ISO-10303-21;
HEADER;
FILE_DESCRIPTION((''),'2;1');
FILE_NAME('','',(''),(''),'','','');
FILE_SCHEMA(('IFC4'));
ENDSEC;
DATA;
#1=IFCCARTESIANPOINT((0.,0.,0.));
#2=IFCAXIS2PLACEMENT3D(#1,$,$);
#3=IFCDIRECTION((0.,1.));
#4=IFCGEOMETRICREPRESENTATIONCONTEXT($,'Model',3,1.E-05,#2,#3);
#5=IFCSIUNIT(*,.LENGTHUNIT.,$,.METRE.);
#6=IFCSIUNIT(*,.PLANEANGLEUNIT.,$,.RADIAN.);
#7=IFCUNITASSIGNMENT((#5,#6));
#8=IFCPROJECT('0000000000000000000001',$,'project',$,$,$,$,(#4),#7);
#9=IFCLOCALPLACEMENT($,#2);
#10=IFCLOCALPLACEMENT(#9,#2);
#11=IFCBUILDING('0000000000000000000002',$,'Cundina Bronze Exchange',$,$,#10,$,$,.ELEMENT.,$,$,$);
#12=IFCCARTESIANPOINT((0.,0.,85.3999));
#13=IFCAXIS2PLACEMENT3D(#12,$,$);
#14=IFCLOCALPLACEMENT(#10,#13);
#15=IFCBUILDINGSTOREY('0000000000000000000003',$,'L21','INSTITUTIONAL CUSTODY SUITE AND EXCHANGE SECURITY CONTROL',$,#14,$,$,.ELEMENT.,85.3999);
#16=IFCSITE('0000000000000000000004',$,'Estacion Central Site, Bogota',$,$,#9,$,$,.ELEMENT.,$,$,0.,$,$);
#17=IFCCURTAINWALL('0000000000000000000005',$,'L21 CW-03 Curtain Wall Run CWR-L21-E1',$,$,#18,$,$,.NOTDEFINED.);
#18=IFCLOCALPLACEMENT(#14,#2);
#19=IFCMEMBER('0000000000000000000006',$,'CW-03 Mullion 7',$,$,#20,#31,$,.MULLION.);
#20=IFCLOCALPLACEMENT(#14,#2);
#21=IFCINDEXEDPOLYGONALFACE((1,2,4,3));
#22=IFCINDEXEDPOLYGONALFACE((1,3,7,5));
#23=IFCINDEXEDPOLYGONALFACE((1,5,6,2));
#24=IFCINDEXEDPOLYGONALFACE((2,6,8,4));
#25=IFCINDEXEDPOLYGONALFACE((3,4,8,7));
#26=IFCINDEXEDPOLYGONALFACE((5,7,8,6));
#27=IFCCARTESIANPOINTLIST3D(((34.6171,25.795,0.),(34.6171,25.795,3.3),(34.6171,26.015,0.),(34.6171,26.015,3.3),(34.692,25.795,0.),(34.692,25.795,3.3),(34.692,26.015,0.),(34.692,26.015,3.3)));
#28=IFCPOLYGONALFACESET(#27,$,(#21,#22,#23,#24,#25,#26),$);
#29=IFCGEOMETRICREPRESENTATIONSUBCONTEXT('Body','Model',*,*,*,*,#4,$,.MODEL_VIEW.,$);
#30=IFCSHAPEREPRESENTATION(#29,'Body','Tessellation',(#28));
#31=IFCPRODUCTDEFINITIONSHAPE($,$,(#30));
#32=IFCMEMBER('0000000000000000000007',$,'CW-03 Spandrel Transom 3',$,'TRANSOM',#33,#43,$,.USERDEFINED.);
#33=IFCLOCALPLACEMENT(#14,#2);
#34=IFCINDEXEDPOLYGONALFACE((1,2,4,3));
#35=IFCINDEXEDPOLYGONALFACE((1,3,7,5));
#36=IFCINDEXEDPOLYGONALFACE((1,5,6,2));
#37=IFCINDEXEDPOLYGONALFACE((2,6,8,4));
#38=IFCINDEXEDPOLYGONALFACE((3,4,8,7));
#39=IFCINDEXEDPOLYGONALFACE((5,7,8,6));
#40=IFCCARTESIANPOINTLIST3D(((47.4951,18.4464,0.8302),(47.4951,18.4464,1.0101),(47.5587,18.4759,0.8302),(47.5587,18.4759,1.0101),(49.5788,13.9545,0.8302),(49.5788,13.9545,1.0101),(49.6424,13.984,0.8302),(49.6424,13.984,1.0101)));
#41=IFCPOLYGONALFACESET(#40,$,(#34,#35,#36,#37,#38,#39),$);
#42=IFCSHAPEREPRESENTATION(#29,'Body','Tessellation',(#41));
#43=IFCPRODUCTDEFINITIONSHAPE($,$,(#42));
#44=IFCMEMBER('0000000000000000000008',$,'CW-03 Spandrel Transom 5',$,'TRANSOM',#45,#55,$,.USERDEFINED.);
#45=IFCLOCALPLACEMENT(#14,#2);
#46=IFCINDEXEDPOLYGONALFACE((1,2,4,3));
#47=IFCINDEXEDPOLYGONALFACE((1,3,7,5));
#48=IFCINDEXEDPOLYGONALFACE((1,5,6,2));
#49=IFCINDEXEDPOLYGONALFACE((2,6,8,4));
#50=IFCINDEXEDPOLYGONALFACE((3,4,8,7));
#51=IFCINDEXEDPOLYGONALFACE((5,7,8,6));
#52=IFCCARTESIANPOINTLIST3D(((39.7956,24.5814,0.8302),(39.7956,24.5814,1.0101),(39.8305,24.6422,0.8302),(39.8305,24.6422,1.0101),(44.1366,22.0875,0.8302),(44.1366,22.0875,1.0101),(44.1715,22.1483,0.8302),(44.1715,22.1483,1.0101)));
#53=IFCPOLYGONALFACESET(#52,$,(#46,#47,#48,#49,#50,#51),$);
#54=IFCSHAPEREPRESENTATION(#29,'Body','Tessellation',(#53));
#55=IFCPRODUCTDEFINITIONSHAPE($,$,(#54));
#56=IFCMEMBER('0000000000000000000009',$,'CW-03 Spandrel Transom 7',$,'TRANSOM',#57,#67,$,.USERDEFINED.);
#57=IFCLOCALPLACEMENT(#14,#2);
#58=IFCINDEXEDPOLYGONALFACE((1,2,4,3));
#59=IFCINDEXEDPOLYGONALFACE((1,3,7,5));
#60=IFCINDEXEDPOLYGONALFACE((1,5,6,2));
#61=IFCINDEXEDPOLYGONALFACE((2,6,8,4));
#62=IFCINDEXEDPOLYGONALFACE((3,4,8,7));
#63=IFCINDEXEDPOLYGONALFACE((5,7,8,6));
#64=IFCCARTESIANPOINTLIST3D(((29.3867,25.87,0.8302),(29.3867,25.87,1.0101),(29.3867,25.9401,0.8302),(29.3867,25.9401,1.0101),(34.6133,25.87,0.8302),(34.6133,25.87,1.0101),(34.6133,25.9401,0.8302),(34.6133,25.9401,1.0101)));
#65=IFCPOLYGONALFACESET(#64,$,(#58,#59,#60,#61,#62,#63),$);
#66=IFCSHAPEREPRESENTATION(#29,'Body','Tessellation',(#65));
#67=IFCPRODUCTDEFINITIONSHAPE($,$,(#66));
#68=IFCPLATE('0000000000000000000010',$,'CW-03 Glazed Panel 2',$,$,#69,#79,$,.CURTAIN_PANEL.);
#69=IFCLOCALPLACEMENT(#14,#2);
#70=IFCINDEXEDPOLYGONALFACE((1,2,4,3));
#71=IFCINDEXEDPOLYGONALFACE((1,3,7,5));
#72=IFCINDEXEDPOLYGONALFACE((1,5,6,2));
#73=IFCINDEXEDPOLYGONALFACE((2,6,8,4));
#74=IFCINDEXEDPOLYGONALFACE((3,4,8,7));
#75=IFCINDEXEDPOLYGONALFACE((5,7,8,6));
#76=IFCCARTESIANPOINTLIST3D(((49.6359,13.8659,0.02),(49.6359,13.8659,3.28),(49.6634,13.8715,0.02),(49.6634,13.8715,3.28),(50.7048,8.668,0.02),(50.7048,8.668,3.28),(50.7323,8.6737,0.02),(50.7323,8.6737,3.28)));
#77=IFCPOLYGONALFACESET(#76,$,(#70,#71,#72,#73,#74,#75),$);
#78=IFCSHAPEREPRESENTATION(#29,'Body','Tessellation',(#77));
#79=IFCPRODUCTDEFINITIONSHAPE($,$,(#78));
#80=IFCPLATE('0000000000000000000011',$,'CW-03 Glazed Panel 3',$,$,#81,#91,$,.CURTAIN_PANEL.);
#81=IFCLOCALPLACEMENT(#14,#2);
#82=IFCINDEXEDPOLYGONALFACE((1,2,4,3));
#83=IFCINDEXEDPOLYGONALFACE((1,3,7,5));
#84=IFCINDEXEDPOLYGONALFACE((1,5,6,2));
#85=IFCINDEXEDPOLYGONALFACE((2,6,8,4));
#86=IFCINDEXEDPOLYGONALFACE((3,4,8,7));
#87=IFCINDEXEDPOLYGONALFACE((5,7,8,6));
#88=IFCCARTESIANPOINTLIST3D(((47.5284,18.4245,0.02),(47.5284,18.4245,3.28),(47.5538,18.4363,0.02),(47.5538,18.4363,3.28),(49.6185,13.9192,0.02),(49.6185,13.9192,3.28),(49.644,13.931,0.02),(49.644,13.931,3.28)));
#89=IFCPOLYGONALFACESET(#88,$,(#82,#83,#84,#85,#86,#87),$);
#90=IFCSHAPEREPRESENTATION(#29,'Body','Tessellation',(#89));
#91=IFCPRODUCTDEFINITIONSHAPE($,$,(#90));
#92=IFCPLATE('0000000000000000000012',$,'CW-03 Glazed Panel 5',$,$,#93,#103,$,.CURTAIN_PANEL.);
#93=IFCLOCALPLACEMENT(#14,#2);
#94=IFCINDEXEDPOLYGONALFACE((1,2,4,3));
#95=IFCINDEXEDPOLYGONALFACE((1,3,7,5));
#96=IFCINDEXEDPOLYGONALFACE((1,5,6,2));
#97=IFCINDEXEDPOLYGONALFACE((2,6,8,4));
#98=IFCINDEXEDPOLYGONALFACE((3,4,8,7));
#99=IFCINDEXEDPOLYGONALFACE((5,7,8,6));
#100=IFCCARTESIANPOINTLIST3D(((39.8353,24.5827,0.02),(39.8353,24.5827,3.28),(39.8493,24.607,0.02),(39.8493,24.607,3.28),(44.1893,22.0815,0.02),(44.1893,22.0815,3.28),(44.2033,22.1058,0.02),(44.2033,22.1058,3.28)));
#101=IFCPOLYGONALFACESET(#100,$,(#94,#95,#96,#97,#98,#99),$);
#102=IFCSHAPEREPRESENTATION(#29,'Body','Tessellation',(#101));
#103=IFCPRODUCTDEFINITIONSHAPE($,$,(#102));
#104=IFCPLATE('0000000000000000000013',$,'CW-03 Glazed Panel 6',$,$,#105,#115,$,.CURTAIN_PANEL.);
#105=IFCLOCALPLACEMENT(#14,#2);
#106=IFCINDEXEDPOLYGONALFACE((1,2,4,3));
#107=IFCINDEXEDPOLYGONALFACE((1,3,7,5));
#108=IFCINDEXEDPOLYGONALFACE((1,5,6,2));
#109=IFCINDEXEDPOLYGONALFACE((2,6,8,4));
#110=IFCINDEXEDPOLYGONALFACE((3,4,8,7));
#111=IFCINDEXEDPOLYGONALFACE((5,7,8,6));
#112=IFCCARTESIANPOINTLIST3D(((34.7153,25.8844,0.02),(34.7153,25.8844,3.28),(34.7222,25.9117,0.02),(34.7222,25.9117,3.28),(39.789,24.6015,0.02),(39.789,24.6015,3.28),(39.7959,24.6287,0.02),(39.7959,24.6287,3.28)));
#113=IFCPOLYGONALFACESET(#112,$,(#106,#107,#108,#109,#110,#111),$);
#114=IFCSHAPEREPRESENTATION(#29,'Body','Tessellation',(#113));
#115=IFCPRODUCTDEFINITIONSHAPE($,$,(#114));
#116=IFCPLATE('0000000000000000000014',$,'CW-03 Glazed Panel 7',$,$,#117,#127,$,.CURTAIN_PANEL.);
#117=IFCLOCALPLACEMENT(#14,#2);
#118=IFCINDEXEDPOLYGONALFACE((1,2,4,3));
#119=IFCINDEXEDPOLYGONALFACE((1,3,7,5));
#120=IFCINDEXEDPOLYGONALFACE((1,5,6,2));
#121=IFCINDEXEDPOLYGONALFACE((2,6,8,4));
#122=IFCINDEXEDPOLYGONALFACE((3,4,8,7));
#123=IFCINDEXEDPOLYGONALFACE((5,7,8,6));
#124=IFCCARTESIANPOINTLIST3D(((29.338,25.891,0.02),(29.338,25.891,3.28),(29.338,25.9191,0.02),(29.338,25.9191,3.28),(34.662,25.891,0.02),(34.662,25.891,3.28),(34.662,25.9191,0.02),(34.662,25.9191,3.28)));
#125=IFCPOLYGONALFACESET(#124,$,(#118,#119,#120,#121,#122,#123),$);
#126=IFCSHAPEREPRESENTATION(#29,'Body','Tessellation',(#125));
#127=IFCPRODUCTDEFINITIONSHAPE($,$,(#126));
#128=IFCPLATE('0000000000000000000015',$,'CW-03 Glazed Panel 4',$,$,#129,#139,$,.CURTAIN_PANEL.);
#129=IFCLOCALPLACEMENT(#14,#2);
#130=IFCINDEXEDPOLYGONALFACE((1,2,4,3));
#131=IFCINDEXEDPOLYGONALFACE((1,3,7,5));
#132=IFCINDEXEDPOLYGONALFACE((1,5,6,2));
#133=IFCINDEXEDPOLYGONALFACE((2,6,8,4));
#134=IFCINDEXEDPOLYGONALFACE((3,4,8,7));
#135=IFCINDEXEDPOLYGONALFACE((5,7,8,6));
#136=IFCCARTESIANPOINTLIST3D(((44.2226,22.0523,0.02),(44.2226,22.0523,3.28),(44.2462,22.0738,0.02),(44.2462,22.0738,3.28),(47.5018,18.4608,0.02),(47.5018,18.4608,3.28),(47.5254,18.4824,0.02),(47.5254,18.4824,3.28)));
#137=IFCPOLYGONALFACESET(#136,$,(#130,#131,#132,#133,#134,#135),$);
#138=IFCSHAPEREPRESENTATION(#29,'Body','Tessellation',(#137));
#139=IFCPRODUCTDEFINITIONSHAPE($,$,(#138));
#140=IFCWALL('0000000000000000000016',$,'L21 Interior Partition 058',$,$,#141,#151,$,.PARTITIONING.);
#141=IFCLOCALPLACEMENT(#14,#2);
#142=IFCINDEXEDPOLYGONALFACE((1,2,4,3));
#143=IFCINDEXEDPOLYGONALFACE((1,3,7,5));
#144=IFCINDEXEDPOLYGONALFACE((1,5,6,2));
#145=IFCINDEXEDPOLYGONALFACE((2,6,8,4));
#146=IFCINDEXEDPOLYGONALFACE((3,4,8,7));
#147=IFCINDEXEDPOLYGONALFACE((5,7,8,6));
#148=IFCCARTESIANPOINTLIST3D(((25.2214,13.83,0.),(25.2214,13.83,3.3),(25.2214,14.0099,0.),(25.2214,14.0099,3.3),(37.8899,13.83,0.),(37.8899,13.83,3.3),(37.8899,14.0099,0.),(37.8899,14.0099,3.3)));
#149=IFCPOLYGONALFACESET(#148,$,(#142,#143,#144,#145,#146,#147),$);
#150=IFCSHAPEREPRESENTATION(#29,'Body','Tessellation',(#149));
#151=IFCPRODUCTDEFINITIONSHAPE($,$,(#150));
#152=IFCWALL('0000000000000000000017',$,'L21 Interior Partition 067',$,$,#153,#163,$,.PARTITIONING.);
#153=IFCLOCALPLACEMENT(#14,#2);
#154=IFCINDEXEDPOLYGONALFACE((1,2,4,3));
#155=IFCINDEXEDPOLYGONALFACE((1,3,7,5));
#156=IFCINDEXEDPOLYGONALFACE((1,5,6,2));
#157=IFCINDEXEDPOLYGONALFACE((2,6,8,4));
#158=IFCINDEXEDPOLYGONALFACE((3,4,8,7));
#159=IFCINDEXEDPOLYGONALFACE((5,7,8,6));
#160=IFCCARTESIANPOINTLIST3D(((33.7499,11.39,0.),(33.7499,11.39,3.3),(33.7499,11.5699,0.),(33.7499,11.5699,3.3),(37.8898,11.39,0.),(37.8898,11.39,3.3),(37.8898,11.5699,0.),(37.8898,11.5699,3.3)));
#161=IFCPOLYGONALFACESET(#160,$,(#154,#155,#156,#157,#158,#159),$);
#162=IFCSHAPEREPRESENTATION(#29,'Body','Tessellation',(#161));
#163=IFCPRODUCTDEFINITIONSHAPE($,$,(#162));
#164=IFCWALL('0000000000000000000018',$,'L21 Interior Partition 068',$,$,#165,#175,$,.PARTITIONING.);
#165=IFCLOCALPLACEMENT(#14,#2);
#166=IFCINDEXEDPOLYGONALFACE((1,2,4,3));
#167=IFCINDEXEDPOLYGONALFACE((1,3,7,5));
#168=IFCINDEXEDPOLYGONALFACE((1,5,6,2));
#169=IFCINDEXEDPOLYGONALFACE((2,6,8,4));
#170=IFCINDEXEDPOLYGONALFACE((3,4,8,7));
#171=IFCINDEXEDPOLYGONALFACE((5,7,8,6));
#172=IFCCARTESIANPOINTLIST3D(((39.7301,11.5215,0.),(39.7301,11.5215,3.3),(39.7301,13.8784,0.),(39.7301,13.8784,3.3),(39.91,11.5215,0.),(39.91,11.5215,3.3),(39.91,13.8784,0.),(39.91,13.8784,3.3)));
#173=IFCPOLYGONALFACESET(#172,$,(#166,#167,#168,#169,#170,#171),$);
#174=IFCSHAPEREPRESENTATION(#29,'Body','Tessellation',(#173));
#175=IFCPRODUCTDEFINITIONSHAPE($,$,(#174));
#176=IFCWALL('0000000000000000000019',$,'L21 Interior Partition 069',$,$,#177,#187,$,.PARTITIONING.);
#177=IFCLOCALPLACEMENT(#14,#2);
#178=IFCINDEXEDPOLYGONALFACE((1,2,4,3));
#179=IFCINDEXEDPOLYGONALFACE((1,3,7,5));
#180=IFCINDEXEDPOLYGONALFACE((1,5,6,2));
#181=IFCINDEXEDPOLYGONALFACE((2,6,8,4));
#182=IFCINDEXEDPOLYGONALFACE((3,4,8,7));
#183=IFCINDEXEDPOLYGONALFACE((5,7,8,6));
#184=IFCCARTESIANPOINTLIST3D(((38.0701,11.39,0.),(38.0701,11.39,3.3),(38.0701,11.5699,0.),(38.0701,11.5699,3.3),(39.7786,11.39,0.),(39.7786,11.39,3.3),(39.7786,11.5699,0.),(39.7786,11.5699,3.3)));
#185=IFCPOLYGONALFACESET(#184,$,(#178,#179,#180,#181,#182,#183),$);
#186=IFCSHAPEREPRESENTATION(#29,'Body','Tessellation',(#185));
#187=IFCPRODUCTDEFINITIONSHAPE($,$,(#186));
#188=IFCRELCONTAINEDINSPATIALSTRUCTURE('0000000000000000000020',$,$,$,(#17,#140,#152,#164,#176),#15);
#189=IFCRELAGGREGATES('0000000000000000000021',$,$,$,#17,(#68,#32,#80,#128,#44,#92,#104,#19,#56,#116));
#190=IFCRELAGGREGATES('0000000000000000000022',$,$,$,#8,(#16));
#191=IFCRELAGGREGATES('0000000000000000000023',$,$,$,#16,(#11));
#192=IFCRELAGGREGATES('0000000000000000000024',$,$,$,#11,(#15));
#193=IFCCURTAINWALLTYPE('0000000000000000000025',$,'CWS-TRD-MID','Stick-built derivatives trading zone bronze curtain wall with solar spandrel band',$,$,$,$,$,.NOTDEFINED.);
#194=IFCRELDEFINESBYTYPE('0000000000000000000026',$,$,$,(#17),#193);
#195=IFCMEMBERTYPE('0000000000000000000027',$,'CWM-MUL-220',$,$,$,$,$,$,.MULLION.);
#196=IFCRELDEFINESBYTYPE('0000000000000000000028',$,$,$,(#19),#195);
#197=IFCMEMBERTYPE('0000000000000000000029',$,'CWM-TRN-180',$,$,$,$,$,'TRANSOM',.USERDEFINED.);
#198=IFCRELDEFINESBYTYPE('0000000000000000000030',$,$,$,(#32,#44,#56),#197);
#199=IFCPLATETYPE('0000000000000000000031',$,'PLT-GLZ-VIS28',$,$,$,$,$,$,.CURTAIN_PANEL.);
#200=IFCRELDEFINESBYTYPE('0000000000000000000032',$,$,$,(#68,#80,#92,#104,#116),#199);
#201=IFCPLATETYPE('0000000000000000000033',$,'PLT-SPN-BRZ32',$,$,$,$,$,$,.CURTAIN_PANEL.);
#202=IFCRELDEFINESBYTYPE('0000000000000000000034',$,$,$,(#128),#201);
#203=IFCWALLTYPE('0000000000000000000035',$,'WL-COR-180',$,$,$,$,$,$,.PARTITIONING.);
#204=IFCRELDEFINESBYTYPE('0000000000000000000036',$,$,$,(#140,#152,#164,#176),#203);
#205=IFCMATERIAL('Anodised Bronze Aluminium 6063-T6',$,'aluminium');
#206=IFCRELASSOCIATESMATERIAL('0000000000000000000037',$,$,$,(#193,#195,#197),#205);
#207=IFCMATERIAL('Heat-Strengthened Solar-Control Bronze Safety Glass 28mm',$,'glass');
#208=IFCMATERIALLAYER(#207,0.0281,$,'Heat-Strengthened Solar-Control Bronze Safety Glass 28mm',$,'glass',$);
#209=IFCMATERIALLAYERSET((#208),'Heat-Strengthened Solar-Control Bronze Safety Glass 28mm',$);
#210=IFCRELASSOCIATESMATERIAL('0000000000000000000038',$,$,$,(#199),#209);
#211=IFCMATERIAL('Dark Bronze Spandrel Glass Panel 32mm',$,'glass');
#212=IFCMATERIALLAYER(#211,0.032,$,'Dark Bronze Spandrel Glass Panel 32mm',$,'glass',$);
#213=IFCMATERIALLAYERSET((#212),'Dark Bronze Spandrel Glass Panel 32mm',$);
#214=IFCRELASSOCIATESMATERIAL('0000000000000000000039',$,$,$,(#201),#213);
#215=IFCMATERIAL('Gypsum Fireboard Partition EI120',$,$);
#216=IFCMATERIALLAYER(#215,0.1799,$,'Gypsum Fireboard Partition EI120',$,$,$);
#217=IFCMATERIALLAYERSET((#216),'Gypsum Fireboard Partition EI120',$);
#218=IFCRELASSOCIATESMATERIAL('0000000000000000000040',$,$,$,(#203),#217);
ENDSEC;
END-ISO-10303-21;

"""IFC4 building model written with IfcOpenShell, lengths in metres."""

from ifc_helpers import new_model, si_unit, direction, frame, frame_2d, origin, origin_2d, place, context, subcontext, project, spatial, rectangle, extrude, material, layer, layer_set, material_profile, profile_set, type_object, element, aggregate, save


model = new_model("IFC4")

# Units and contexts
model_context = context("Model", 3, precision=1e-05, world=origin(), true_north=direction((0.0, 1.0)))
body_context = subcontext(model_context, "Body", "Model", "MODEL_VIEW")
ifc_project = project(units=[si_unit("LENGTHUNIT", "METRE"), si_unit("PLANEANGLEUNIT", "RADIAN")], contexts=[model_context])

# Site, building, storey
site_placement = place(None, origin())
site = spatial("IfcSite", under=ifc_project, at=site_placement, Name="Estacion Central Site, Bogota", CompositionType="ELEMENT", RefElevation=0.0)
building_placement = place(site_placement, origin())
building = spatial("IfcBuilding", under=site, at=building_placement, Name="Cundina Bronze Exchange", CompositionType="ELEMENT")
storey_placement = place(building_placement, frame((0.0, 0.0, 85.3999)))
storey = spatial("IfcBuildingStorey", under=building, at=storey_placement, Name="L21", Description="INSTITUTIONAL CUSTODY SUITE AND EXCHANGE SECURITY CONTROL", CompositionType="ELEMENT", Elevation=85.3999)

# Curtain wall, members, plates
ifc_material_1 = material(Name="Anodised Bronze Aluminium 6063-T6", Category="aluminium")
curtain_wall_type = type_object("IfcCurtainWallType", Name="CWS-TRD-MID", Description="Stick-built derivatives trading zone bronze curtain wall with solar spandrel band", PredefinedType="NOTDEFINED", material=ifc_material_1)
curtain_wall_placement = place(storey_placement, origin())
curtain_wall = element("IfcCurtainWall", 1, at=curtain_wall_placement, inside=storey, type_object=curtain_wall_type, Name="L21 CW-03 Curtain Wall Run CWR-L21-E1", PredefinedType="NOTDEFINED")
ifc_material_profile_1 = material_profile(ifc_material_1, rectangle(XDim=0.075, YDim=0.22, at=origin_2d()), Name="AL75X220", Category="aluminium")
ifc_profile_set_1 = profile_set([ifc_material_profile_1], Name="Anodised Bronze Aluminium 6063-T6")
member_type_1 = type_object("IfcMemberType", Name="CWM-MUL-220", PredefinedType="MULLION", material=ifc_profile_set_1)
member_1_placement = place(storey_placement, frame((34.6545, 25.905, 0.0), z_axis=(0.0, 0.0, 1.0), x_axis=(-1.0, 0.0, 0.0)))
member_1 = element("IfcMember", 2, at=member_1_placement, type_object=member_type_1, Name="CW-03 Mullion 7", PredefinedType="MULLION", context=body_context, shape_type="SweptSolid", body=[
    extrude(rectangle(XDim=0.075, YDim=0.22, at=origin_2d()), origin(), (0.0, 0.0, 1.0), 3.3),
])
ifc_material_profile_2 = material_profile(ifc_material_1, rectangle(XDim=0.0701, YDim=0.1799, at=origin_2d()), Name="AL70X180", Category="aluminium")
ifc_profile_set_2 = profile_set([ifc_material_profile_2], Name="Anodised Bronze Aluminium 6063-T6")
member_type_2 = type_object("IfcMemberType", Name="CWM-TRN-180", ElementType="TRANSOM", PredefinedType="USERDEFINED", material=ifc_profile_set_2)
member_2_placement = place(storey_placement, frame((49.6106, 13.9692, 0.9202), z_axis=(-0.420811, 0.907148, 0.0), x_axis=(-0.907148, -0.420811, 0.0)))
member_2 = element("IfcMember", 3, at=member_2_placement, type_object=member_type_2, Name="CW-03 Spandrel Transom 3", ObjectType="TRANSOM", PredefinedType="USERDEFINED", context=body_context, shape_type="SweptSolid", body=[
    extrude(rectangle(XDim=0.0701, YDim=0.1799, at=origin_2d()), origin(), (0.0, 0.0, 1.0), 4.9517),
])
member_3_placement = place(storey_placement, frame((44.1541, 22.1179, 0.9202), z_axis=(-0.867097, 0.498139, 0.0), x_axis=(-0.498139, -0.867097, 0.0)))
member_3 = element("IfcMember", 4, at=member_3_placement, type_object=member_type_2, Name="CW-03 Spandrel Transom 5", ObjectType="TRANSOM", PredefinedType="USERDEFINED", context=body_context, shape_type="SweptSolid", body=[
    extrude(rectangle(XDim=0.0701, YDim=0.1799, at=origin_2d()), origin(), (0.0, 0.0, 1.0), 5.0063),
])
member_4_placement = place(storey_placement, frame((34.6133, 25.905, 0.9202), z_axis=(-1.0, 0.0, 0.0), x_axis=(0.0, -1.0, 0.0)))
member_4 = element("IfcMember", 5, at=member_4_placement, type_object=member_type_2, Name="CW-03 Spandrel Transom 7", ObjectType="TRANSOM", PredefinedType="USERDEFINED", context=body_context, shape_type="SweptSolid", body=[
    extrude(rectangle(XDim=0.0701, YDim=0.1799, at=origin_2d()), origin(), (0.0, 0.0, 1.0), 5.2266),
])
ifc_material_2 = material(Name="Heat-Strengthened Solar-Control Bronze Safety Glass 28mm", Category="glass")
ifc_layer_1 = layer(ifc_material_2, 0.0281, Name="Heat-Strengthened Solar-Control Bronze Safety Glass 28mm", Category="glass")
ifc_layer_set_1 = layer_set([ifc_layer_1], Name="Heat-Strengthened Solar-Control Bronze Safety Glass 28mm")
plate_type_1 = type_object("IfcPlateType", Name="PLT-GLZ-VIS28", PredefinedType="CURTAIN_PANEL", material=ifc_layer_set_1)
plate_1_placement = place(storey_placement, frame((50.1841, 11.2698, 0.02), z_axis=(0.0, 0.0, 1.0), x_axis=(-0.20142, 0.979505, 0.0)))
plate_1 = element("IfcPlate", 6, at=plate_1_placement, type_object=plate_type_1, Name="CW-03 Glazed Panel 2", PredefinedType="CURTAIN_PANEL", context=body_context, shape_type="SweptSolid", body=[
    extrude(rectangle(XDim=5.3066, YDim=0.0281, at=origin_2d()), origin(), (0.0, 0.0, 1.0), 3.26),
])
plate_2_placement = place(storey_placement, frame((48.5862, 16.1777, 0.02), z_axis=(0.0, 0.0, 1.0), x_axis=(-0.420846, 0.907132, 0.0)))
plate_2 = element("IfcPlate", 7, at=plate_2_placement, type_object=plate_type_1, Name="CW-03 Glazed Panel 3", PredefinedType="CURTAIN_PANEL", context=body_context, shape_type="SweptSolid", body=[
    extrude(rectangle(XDim=4.9666, YDim=0.0281, at=origin_2d()), origin(), (0.0, 0.0, 1.0), 3.26),
])
plate_3_placement = place(storey_placement, frame((42.0193, 23.3442, 0.02), z_axis=(0.0, 0.0, 1.0), x_axis=(-0.867105, 0.498125, 0.0)))
plate_3 = element("IfcPlate", 8, at=plate_3_placement, type_object=plate_type_1, Name="CW-03 Glazed Panel 5", PredefinedType="CURTAIN_PANEL", context=body_context, shape_type="SweptSolid", body=[
    extrude(rectangle(XDim=5.0212, YDim=0.0281, at=origin_2d()), origin(), (0.0, 0.0, 1.0), 3.26),
])
plate_4_placement = place(storey_placement, frame((37.2556, 25.2566, 0.02), z_axis=(0.0, 0.0, 1.0), x_axis=(-0.969488, 0.245138, 0.0)))
plate_4 = element("IfcPlate", 9, at=plate_4_placement, type_object=plate_type_1, Name="CW-03 Glazed Panel 6", PredefinedType="CURTAIN_PANEL", context=body_context, shape_type="SweptSolid", body=[
    extrude(rectangle(XDim=5.2334, YDim=0.0281, at=origin_2d()), origin(), (0.0, 0.0, 1.0), 3.26),
])
plate_5_placement = place(storey_placement, frame((32.0, 25.905, 0.02), z_axis=(0.0, 0.0, 1.0), x_axis=(-1.0, 0.0, 0.0)))
plate_5 = element("IfcPlate", 10, at=plate_5_placement, type_object=plate_type_1, Name="CW-03 Glazed Panel 7", PredefinedType="CURTAIN_PANEL", context=body_context, shape_type="SweptSolid", body=[
    extrude(rectangle(XDim=5.324, YDim=0.0281, at=origin_2d()), origin(), (0.0, 0.0, 1.0), 3.26),
])
ifc_material_3 = material(Name="Dark Bronze Spandrel Glass Panel 32mm", Category="glass")
ifc_layer_2 = layer(ifc_material_3, 0.032, Name="Dark Bronze Spandrel Glass Panel 32mm", Category="glass")
ifc_layer_set_2 = layer_set([ifc_layer_2], Name="Dark Bronze Spandrel Glass Panel 32mm")
plate_type_2 = type_object("IfcPlateType", Name="PLT-SPN-BRZ32", PredefinedType="CURTAIN_PANEL", material=ifc_layer_set_2)
plate_6_placement = place(storey_placement, frame((45.874, 20.2673, 0.02), z_axis=(0.0, 0.0, 1.0), x_axis=(-0.674277, 0.738479, 0.0)))
plate_6 = element("IfcPlate", 11, at=plate_6_placement, type_object=plate_type_2, Name="CW-03 Glazed Panel 4", PredefinedType="CURTAIN_PANEL", context=body_context, shape_type="SweptSolid", body=[
    extrude(rectangle(XDim=4.8633, YDim=0.032, at=origin_2d()), origin(), (0.0, 0.0, 1.0), 3.26),
])
aggregate(curtain_wall, [plate_1, member_2, plate_2, plate_6, member_3, plate_3, plate_4, member_1, member_4, plate_5])

# Walls
ifc_material_4 = material(Name="Gypsum Fireboard Partition EI120")
ifc_layer_3 = layer(ifc_material_4, 0.1799, Name="Gypsum Fireboard Partition EI120")
ifc_layer_set_3 = layer_set([ifc_layer_3], Name="Gypsum Fireboard Partition EI120")
wall_type_1 = type_object("IfcWallType", Name="WL-COR-180", PredefinedType="PARTITIONING", material=ifc_layer_set_3)
wall_1_placement = place(storey_placement, frame((37.8899, 13.9199, 0.0), z_axis=(0.0, 0.0, 1.0), x_axis=(-1.0, 0.0, 0.0)))
element("IfcWall", 12, at=wall_1_placement, inside=storey, type_object=wall_type_1, Name="L21 Interior Partition 058", PredefinedType="PARTITIONING", context=body_context, shape_type="SweptSolid", body=[
    extrude(rectangle(XDim=12.6685, YDim=0.1799, at=frame_2d((6.3342, 0.0))), origin(), (0.0, 0.0, 1.0), 3.3),
])
wall_2_placement = place(storey_placement, frame((33.75, 11.48, 0.0), z_axis=(0.0, 0.0, 1.0), x_axis=(1.0, 0.0, 0.0)))
element("IfcWall", 13, at=wall_2_placement, inside=storey, type_object=wall_type_1, Name="L21 Interior Partition 067", PredefinedType="PARTITIONING", context=body_context, shape_type="SweptSolid", body=[
    extrude(rectangle(XDim=4.1399, YDim=0.1799, at=frame_2d((2.0698, 0.0))), origin(), (0.0, 0.0, 1.0), 3.3),
])
wall_3_placement = place(storey_placement, frame((39.8201, 11.5215, 0.0), z_axis=(0.0, 0.0, 1.0), x_axis=(0.0, 1.0, 0.0)))
element("IfcWall", 14, at=wall_3_placement, inside=storey, type_object=wall_type_1, Name="L21 Interior Partition 068", PredefinedType="PARTITIONING", context=body_context, shape_type="SweptSolid", body=[
    extrude(rectangle(XDim=2.3569, YDim=0.1799, at=frame_2d((1.1785, 0.0))), origin(), (0.0, 0.0, 1.0), 3.3),
])
for number, where, z_axis, x_axis, name in (
    (15, (38.0701, 11.48, 0.0), (0.0, 0.0, 1.0), (1.0, 0.0, 0.0), "L21 Interior Partition 069"),
):
    element("IfcWall", number, at=place(storey_placement, frame(where, z_axis=z_axis, x_axis=x_axis)), inside=storey, type_object=wall_type_1, Name=name, PredefinedType="PARTITIONING", context=body_context, shape_type="SweptSolid", body=[
        extrude(rectangle(XDim=1.7085, YDim=0.1799, at=frame_2d((0.8542, 0.0))), origin(), (0.0, 0.0, 1.0), 3.3),
    ])

save(model, "model.ifc")
